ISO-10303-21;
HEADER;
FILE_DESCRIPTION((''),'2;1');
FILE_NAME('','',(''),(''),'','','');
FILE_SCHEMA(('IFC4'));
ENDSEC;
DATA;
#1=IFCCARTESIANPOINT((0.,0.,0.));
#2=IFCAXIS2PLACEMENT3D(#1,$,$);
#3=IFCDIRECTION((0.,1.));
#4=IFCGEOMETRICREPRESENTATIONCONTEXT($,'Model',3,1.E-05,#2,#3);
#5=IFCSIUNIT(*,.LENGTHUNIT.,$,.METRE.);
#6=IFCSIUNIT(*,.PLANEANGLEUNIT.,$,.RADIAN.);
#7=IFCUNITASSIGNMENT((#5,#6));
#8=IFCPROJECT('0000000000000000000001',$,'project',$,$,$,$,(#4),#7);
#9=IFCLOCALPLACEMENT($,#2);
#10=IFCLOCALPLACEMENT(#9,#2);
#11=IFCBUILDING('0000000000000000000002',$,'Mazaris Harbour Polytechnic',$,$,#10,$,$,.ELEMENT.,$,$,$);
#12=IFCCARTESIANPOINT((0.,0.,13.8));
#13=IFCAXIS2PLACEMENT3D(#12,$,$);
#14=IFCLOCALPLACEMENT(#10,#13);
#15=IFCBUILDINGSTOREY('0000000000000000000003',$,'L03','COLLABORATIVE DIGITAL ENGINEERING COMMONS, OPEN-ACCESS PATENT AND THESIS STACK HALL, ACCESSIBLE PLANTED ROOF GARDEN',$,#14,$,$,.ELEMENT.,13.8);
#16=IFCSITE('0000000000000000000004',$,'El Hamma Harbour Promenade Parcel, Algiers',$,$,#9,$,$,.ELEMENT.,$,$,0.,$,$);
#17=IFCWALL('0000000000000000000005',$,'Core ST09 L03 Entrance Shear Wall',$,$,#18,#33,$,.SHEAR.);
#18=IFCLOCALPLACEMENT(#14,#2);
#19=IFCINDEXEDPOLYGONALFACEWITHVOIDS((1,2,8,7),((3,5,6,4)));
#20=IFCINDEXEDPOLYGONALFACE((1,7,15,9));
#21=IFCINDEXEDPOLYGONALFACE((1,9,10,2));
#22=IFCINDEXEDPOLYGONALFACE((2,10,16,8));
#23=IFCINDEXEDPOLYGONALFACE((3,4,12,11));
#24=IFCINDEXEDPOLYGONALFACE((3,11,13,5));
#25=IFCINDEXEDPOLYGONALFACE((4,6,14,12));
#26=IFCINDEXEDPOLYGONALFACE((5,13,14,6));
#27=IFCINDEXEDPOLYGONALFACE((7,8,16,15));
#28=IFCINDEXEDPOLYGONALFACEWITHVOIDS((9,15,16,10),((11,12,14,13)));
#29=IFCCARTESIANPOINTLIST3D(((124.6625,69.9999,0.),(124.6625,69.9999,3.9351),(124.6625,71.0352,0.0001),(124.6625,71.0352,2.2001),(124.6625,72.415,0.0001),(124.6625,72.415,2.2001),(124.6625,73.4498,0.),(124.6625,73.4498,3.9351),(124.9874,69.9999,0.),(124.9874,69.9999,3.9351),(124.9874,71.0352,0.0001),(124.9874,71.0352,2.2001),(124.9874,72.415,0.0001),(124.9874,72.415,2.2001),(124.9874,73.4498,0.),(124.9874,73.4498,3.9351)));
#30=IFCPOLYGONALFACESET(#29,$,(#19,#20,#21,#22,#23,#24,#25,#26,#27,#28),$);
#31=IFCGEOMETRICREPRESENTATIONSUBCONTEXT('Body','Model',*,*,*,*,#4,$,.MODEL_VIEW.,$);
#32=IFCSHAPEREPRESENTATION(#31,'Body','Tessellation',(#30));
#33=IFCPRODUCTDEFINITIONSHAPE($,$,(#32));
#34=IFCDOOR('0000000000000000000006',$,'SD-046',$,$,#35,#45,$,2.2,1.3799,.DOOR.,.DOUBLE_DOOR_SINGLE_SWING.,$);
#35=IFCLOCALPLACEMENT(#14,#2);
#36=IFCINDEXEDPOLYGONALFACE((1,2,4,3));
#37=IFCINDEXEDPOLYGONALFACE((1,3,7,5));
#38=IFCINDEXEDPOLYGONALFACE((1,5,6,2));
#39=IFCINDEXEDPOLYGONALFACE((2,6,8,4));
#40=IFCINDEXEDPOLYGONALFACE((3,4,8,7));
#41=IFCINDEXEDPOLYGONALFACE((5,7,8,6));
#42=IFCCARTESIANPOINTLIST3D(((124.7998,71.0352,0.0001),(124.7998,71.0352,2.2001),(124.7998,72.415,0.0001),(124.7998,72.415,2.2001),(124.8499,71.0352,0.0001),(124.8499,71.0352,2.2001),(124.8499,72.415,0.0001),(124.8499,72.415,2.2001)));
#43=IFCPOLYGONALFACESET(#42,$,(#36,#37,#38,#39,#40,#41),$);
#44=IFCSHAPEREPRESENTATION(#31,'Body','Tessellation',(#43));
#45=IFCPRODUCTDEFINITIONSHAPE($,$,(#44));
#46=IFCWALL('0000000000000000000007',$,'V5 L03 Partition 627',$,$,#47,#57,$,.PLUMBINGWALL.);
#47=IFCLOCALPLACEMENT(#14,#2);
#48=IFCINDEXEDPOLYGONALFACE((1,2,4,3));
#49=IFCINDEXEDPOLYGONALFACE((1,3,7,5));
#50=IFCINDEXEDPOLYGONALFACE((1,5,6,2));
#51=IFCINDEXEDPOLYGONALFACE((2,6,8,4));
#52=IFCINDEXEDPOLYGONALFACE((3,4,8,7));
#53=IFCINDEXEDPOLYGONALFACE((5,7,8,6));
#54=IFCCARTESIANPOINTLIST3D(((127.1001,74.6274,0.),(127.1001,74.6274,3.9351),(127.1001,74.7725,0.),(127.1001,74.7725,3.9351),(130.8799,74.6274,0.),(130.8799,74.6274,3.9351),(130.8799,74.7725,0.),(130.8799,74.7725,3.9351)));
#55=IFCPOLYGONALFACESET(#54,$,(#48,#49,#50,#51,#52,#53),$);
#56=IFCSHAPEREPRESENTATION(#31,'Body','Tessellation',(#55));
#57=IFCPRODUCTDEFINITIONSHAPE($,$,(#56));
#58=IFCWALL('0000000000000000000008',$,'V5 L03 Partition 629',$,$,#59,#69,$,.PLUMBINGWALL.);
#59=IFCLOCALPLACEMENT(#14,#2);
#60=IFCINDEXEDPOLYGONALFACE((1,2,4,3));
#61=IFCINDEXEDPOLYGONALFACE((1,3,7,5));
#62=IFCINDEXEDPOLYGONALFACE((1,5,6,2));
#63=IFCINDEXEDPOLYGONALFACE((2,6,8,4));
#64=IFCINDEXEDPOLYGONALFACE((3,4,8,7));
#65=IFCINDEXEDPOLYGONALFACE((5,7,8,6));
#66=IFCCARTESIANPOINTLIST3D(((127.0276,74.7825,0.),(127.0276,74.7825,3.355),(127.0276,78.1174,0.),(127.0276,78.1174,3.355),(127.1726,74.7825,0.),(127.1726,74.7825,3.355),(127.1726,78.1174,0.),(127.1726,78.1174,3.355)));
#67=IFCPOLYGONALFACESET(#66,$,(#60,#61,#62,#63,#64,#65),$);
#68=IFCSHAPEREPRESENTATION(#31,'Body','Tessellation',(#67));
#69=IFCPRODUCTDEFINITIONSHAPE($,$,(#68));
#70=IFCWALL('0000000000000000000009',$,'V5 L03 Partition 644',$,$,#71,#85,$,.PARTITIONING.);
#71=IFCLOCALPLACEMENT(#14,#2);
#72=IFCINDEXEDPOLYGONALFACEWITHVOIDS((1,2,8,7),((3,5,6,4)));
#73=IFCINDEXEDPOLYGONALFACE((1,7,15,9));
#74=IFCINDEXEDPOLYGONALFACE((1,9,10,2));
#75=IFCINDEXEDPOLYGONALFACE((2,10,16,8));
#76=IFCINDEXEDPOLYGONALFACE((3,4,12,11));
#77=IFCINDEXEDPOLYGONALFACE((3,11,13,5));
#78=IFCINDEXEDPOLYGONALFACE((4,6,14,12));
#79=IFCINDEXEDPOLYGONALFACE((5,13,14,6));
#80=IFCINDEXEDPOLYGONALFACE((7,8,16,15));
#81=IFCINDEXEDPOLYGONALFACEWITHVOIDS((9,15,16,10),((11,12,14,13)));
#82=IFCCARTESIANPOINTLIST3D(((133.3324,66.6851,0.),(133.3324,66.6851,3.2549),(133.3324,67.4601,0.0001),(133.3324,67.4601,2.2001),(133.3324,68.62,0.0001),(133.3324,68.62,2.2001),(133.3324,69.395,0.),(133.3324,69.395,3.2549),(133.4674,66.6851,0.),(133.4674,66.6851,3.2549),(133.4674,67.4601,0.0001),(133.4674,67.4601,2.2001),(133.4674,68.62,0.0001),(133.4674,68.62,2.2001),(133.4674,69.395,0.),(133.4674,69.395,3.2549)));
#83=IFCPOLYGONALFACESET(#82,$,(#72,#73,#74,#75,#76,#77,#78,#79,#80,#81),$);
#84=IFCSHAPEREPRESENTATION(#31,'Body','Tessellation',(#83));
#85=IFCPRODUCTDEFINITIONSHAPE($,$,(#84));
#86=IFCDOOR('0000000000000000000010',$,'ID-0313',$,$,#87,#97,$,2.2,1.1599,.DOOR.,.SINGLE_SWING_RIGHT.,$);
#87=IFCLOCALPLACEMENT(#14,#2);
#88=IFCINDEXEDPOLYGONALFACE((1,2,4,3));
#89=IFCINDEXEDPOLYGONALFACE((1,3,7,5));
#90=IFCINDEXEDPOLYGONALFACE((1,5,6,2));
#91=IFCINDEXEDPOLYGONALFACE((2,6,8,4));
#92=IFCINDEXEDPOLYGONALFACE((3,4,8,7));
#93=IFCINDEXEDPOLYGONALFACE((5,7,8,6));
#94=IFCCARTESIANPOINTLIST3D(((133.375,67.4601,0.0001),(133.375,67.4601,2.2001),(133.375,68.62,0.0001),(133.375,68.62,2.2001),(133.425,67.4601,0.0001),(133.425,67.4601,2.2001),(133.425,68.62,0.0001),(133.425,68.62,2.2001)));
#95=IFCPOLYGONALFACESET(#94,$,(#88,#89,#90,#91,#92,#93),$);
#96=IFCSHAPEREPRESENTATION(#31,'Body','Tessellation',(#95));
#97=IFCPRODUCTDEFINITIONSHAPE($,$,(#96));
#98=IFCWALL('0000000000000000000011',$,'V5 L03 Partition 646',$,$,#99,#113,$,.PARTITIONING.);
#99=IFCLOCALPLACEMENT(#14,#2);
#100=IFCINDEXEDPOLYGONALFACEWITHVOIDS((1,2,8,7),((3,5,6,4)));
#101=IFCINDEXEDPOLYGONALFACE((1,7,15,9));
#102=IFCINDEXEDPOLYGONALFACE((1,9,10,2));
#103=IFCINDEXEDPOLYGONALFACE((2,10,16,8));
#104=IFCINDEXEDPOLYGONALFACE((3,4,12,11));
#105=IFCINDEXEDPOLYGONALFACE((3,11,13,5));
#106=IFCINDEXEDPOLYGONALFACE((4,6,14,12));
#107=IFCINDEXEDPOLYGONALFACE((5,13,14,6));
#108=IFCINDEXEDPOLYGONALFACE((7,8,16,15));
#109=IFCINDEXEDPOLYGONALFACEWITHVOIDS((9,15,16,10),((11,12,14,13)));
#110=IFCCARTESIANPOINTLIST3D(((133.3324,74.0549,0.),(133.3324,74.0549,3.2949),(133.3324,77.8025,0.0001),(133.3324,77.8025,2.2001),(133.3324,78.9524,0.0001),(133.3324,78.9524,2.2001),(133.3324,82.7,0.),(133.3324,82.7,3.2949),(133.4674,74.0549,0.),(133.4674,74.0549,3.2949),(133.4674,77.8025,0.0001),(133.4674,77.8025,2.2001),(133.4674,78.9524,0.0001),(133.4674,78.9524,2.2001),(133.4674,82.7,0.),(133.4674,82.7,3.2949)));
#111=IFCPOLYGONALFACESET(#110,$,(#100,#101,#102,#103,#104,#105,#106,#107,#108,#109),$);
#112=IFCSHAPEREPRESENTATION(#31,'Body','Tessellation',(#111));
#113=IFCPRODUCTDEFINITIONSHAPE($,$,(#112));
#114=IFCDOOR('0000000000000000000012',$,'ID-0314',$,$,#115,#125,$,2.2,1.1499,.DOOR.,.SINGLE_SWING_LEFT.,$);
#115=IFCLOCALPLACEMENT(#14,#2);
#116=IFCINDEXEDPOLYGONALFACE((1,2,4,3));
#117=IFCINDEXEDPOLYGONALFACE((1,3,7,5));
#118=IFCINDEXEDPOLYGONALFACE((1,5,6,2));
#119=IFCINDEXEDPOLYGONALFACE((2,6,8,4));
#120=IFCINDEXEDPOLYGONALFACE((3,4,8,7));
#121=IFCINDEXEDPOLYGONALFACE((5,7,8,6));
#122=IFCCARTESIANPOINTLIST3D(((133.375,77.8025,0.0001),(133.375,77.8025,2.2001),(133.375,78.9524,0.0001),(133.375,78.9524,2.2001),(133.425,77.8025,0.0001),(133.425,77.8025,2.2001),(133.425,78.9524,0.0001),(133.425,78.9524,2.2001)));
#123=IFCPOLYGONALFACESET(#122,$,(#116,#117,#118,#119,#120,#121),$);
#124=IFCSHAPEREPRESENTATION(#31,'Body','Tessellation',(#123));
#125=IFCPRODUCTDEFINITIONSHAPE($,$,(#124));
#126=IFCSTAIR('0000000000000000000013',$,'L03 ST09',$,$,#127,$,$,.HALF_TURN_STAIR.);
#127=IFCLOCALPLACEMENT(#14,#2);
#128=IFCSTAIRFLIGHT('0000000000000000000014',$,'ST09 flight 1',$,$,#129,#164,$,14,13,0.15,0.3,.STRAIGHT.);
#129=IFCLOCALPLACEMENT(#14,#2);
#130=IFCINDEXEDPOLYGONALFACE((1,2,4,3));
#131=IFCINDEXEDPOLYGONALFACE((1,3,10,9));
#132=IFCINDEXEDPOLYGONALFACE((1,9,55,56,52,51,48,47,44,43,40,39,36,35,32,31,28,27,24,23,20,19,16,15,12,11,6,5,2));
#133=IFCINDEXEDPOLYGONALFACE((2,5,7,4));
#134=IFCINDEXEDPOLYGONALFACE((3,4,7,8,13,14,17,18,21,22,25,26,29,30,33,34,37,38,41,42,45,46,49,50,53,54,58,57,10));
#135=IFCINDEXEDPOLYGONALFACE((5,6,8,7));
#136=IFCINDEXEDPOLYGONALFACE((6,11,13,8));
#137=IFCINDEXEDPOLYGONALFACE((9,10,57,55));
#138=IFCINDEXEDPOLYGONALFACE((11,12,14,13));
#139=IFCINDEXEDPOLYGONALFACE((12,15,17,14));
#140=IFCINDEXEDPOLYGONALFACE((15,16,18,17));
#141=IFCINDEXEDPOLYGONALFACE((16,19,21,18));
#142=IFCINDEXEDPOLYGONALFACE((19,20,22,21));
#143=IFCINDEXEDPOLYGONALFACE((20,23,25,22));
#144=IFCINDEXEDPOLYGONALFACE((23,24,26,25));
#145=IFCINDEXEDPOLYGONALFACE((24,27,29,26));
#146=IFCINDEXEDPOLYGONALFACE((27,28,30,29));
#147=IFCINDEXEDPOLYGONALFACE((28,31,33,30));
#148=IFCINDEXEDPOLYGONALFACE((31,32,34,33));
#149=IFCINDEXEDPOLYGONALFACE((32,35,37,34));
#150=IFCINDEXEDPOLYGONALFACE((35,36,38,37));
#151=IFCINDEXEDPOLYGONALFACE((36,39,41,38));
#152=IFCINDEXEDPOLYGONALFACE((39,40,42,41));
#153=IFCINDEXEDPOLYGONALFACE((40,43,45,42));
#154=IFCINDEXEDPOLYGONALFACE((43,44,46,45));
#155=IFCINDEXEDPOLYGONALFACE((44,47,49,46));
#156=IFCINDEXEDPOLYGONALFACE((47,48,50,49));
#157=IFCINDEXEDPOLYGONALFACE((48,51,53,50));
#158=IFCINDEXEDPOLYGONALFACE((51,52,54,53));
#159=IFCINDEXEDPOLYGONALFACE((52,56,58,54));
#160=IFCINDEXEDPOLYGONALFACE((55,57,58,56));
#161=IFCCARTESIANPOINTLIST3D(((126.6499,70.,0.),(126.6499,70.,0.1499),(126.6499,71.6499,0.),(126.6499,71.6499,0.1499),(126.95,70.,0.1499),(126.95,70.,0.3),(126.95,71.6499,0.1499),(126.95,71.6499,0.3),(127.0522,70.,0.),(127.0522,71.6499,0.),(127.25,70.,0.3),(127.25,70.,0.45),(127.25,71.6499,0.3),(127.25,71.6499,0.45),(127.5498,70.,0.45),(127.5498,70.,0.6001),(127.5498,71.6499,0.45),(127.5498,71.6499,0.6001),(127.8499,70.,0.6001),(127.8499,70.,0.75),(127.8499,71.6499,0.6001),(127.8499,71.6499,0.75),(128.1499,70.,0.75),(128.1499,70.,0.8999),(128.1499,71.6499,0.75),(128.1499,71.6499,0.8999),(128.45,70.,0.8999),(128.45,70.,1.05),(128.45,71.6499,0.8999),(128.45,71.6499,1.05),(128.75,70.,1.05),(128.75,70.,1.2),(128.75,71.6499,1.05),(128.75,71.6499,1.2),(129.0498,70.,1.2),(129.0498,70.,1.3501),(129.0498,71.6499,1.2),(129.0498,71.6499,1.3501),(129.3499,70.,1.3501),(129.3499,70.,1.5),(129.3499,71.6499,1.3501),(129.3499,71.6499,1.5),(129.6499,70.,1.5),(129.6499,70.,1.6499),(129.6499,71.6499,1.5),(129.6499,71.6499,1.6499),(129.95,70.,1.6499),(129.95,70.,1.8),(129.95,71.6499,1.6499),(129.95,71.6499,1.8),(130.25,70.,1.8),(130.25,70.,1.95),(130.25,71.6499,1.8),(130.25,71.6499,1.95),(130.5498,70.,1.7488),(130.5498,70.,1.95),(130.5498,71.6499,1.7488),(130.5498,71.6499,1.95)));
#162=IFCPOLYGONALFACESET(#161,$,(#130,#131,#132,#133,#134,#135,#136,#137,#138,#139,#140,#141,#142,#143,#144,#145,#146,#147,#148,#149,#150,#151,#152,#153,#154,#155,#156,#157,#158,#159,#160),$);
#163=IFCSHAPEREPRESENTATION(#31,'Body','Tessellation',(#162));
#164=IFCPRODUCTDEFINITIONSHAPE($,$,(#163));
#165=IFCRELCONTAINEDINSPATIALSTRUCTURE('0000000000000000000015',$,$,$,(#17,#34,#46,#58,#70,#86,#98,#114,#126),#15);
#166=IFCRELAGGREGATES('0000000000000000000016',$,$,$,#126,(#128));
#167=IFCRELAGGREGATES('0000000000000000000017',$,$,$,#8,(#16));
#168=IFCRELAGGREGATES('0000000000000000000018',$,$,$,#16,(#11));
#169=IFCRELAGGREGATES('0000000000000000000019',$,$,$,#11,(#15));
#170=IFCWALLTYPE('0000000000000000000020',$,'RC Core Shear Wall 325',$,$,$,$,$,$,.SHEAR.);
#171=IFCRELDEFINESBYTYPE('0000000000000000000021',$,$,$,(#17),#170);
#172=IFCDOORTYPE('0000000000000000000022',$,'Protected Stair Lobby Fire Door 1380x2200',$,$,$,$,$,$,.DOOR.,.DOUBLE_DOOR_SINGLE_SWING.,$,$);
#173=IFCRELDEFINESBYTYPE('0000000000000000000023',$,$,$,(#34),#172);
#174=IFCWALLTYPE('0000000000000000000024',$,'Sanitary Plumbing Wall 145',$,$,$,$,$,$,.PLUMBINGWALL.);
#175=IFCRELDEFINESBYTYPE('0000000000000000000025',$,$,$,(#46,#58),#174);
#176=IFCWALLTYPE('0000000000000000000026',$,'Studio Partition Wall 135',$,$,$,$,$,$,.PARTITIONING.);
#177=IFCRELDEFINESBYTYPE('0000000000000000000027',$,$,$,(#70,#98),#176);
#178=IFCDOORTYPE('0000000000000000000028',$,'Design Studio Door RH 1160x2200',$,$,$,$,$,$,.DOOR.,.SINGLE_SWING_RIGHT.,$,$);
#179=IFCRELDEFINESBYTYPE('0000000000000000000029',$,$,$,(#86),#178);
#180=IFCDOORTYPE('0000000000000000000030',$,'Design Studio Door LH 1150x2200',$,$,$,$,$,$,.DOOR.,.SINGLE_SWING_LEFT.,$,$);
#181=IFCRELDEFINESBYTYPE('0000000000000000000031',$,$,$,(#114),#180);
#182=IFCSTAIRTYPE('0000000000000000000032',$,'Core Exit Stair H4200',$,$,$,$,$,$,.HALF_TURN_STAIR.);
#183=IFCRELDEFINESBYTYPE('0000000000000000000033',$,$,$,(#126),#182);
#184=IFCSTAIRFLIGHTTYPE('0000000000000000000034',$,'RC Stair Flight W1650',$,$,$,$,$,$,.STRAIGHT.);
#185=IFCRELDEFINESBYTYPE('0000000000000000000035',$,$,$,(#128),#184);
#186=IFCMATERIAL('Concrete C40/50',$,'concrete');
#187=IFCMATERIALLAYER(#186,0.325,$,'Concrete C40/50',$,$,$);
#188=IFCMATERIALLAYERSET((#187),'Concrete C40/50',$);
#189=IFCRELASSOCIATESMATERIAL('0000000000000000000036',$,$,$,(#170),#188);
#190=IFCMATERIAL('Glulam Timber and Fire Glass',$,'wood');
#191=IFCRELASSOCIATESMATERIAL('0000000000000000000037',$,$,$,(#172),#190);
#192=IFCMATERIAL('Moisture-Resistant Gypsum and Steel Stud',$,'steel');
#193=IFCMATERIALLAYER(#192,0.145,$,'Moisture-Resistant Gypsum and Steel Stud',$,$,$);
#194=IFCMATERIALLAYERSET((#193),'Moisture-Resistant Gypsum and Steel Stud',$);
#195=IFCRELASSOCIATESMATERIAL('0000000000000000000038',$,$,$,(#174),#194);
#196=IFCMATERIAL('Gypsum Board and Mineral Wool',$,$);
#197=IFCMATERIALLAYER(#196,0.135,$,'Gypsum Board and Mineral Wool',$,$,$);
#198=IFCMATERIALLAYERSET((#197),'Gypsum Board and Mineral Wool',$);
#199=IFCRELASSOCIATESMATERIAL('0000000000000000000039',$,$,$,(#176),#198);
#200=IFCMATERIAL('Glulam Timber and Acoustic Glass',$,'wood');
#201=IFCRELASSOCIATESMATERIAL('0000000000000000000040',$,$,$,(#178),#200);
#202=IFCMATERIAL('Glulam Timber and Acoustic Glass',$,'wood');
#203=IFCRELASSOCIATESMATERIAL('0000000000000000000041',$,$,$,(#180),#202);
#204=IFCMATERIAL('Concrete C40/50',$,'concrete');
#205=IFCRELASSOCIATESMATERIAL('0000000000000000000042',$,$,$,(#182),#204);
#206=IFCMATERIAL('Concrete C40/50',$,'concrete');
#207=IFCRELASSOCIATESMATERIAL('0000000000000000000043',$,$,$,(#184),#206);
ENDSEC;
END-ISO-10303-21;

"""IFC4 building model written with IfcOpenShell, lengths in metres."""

from ifc_helpers import new_model, si_unit, direction, frame, frame_2d, origin, place, context, subcontext, project, spatial, polyline, rectangle, outline, extrude, material, layer, layer_set, type_object, element, fill, aggregate, save


model = new_model("IFC4")

# Units and contexts
model_context = context("Model", 3, precision=1e-05, world=origin(), true_north=direction((0.0, 1.0)))
body_context = subcontext(model_context, "Body", "Model", "MODEL_VIEW")
ifc_project = project(units=[si_unit("LENGTHUNIT", "METRE"), si_unit("PLANEANGLEUNIT", "RADIAN")], contexts=[model_context])

# Site, building, storey
site_placement = place(None, origin())
site = spatial("IfcSite", under=ifc_project, at=site_placement, Name="El Hamma Harbour Promenade Parcel, Algiers", CompositionType="ELEMENT", RefElevation=0.0)
building_placement = place(site_placement, origin())
building = spatial("IfcBuilding", under=site, at=building_placement, Name="Mazaris Harbour Polytechnic", CompositionType="ELEMENT")
storey_placement = place(building_placement, frame((0.0, 0.0, 13.8)))
storey = spatial("IfcBuildingStorey", under=building, at=storey_placement, Name="L03", Description="COLLABORATIVE DIGITAL ENGINEERING COMMONS, OPEN-ACCESS PATENT AND THESIS STACK HALL, ACCESSIBLE PLANTED ROOF GARDEN", CompositionType="ELEMENT", Elevation=13.8)

# Wall, opening, door
ifc_material_1 = material(Name="Concrete C40/50", Category="concrete")
ifc_layer_1 = layer(ifc_material_1, 0.325, Name="Concrete C40/50")
ifc_layer_set_1 = layer_set([ifc_layer_1], Name="Concrete C40/50")
wall_type_1 = type_object("IfcWallType", Name="RC Core Shear Wall 325", PredefinedType="SHEAR", material=ifc_layer_set_1)
wall_1_placement = place(storey_placement, frame((124.825, 73.45, 0.0), z_axis=(0.0, 0.0, 1.0), x_axis=(0.0, -1.0, 0.0)))
wall_1 = element("IfcWall", 1, at=wall_1_placement, inside=storey, type_object=wall_type_1, Name="Core ST09 L03 Entrance Shear Wall", PredefinedType="SHEAR", context=body_context, shape_type="SweptSolid", body=[
    extrude(rectangle(XDim=3.45, YDim=0.325, at=frame_2d((1.7251, 0.0))), origin(), (0.0, 0.0, 1.0), 3.9351),
])
opening_1_placement = place(wall_1_placement, frame((1.0349, 0.0, 0.0)))
opening_1 = element("IfcOpeningElement", 2, at=opening_1_placement, cuts=wall_1, PredefinedType="OPENING", context=body_context, shape_type="SweptSolid", body=[
    extrude(rectangle(XDim=1.3799, YDim=2.2, at=frame_2d((0.6899, 1.1001))), frame((0.0, 0.1724, 0.0), z_axis=(0.0, -1.0, 0.0), x_axis=(1.0, 0.0, 0.0)), (0.0, 0.0, 1.0), 0.345),
])
ifc_material_2 = material(Name="Glulam Timber and Fire Glass", Category="wood")
door_type_1 = type_object("IfcDoorType", Name="Protected Stair Lobby Fire Door 1380x2200", OperationType="DOUBLE_DOOR_SINGLE_SWING", PredefinedType="DOOR", material=ifc_material_2)
door_1_placement = place(opening_1_placement, origin())
door_1 = element("IfcDoor", 3, at=door_1_placement, inside=storey, type_object=door_type_1, Name="SD-046", OperationType="DOUBLE_DOOR_SINGLE_SWING", OverallHeight=2.2, OverallWidth=1.3799, PredefinedType="DOOR", context=body_context, shape_type="SweptSolid", body=[
    extrude(rectangle(XDim=1.3799, YDim=2.2, at=frame_2d((0.6899, 1.1001))), frame((0.0, 0.0249, 0.0), z_axis=(0.0, -1.0, 0.0), x_axis=(1.0, 0.0, 0.0)), (0.0, 0.0, 1.0), 0.05),
])
fill(opening_1, door_1)

# Walls
ifc_material_3 = material(Name="Moisture-Resistant Gypsum and Steel Stud", Category="steel")
ifc_layer_2 = layer(ifc_material_3, 0.145, Name="Moisture-Resistant Gypsum and Steel Stud")
ifc_layer_set_2 = layer_set([ifc_layer_2], Name="Moisture-Resistant Gypsum and Steel Stud")
wall_type_2 = type_object("IfcWallType", Name="Sanitary Plumbing Wall 145", PredefinedType="PLUMBINGWALL", material=ifc_layer_set_2)
wall_2_placement = place(storey_placement, frame((127.1001, 74.7, 0.0), z_axis=(0.0, 0.0, 1.0), x_axis=(1.0, 0.0, 0.0)))
element("IfcWall", 4, at=wall_2_placement, inside=storey, type_object=wall_type_2, Name="V5 L03 Partition 627", PredefinedType="PLUMBINGWALL", context=body_context, shape_type="SweptSolid", body=[
    extrude(rectangle(XDim=3.7798, YDim=0.145, at=frame_2d((1.8899, 0.0))), origin(), (0.0, 0.0, 1.0), 3.9351),
])
wall_3_placement = place(storey_placement, frame((127.1001, 74.7825, 0.0), z_axis=(0.0, 0.0, 1.0), x_axis=(0.0, 1.0, 0.0)))
element("IfcWall", 5, at=wall_3_placement, inside=storey, type_object=wall_type_2, Name="V5 L03 Partition 629", PredefinedType="PLUMBINGWALL", context=body_context, shape_type="SweptSolid", body=[
    extrude(rectangle(XDim=3.335, YDim=0.145, at=frame_2d((1.6675, 0.0))), origin(), (0.0, 0.0, 1.0), 3.355),
])

# Walls, openings, doors
ifc_material_4 = material(Name="Gypsum Board and Mineral Wool")
ifc_layer_3 = layer(ifc_material_4, 0.135, Name="Gypsum Board and Mineral Wool")
ifc_layer_set_3 = layer_set([ifc_layer_3], Name="Gypsum Board and Mineral Wool")
wall_type_3 = type_object("IfcWallType", Name="Studio Partition Wall 135", PredefinedType="PARTITIONING", material=ifc_layer_set_3)
wall_4_placement = place(storey_placement, frame((133.3999, 66.6851, 0.0), z_axis=(0.0, 0.0, 1.0), x_axis=(0.0, 1.0, 0.0)))
wall_4 = element("IfcWall", 6, at=wall_4_placement, inside=storey, type_object=wall_type_3, Name="V5 L03 Partition 644", PredefinedType="PARTITIONING", context=body_context, shape_type="SweptSolid", body=[
    extrude(rectangle(XDim=2.71, YDim=0.135, at=frame_2d((1.355, 0.0))), origin(), (0.0, 0.0, 1.0), 3.2549),
])
opening_2_placement = place(wall_4_placement, frame((0.7749, 0.0, 0.0)))
opening_2 = element("IfcOpeningElement", 7, at=opening_2_placement, cuts=wall_4, PredefinedType="OPENING", context=body_context, shape_type="SweptSolid", body=[
    extrude(rectangle(XDim=1.1599, YDim=2.2, at=frame_2d((0.5801, 1.1001))), frame((0.0, 0.0774, 0.0), z_axis=(0.0, -1.0, 0.0), x_axis=(1.0, 0.0, 0.0)), (0.0, 0.0, 1.0), 0.155),
])
ifc_material_5 = material(Name="Glulam Timber and Acoustic Glass", Category="wood")
door_type_2 = type_object("IfcDoorType", Name="Design Studio Door RH 1160x2200", OperationType="SINGLE_SWING_RIGHT", PredefinedType="DOOR", material=ifc_material_5)
door_2_placement = place(opening_2_placement, origin())
door_2 = element("IfcDoor", 8, at=door_2_placement, inside=storey, type_object=door_type_2, Name="ID-0313", OperationType="SINGLE_SWING_RIGHT", OverallHeight=2.2, OverallWidth=1.1599, PredefinedType="DOOR", context=body_context, shape_type="SweptSolid", body=[
    extrude(rectangle(XDim=1.1599, YDim=2.2, at=frame_2d((0.5801, 1.1001))), frame((0.0, 0.0249, 0.0), z_axis=(0.0, -1.0, 0.0), x_axis=(1.0, 0.0, 0.0)), (0.0, 0.0, 1.0), 0.05),
])
fill(opening_2, door_2)
wall_5_placement = place(storey_placement, frame((133.3999, 74.0549, 0.0), z_axis=(0.0, 0.0, 1.0), x_axis=(0.0, 1.0, 0.0)))
wall_5 = element("IfcWall", 9, at=wall_5_placement, inside=storey, type_object=wall_type_3, Name="V5 L03 Partition 646", PredefinedType="PARTITIONING", context=body_context, shape_type="SweptSolid", body=[
    extrude(rectangle(XDim=8.645, YDim=0.135, at=frame_2d((4.3225, 0.0))), origin(), (0.0, 0.0, 1.0), 3.2949),
])
opening_3_placement = place(wall_5_placement, frame((3.7476, 0.0, 0.0)))
opening_3 = element("IfcOpeningElement", 10, at=opening_3_placement, cuts=wall_5, PredefinedType="OPENING", context=body_context, shape_type="SweptSolid", body=[
    extrude(rectangle(XDim=1.1499, YDim=2.2, at=frame_2d((0.575, 1.1001))), frame((0.0, 0.0774, 0.0), z_axis=(0.0, -1.0, 0.0), x_axis=(1.0, 0.0, 0.0)), (0.0, 0.0, 1.0), 0.155),
])
ifc_material_6 = material(Name="Glulam Timber and Acoustic Glass", Category="wood")
door_type_3 = type_object("IfcDoorType", Name="Design Studio Door LH 1150x2200", OperationType="SINGLE_SWING_LEFT", PredefinedType="DOOR", material=ifc_material_6)
door_3_placement = place(opening_3_placement, origin())
door_3 = element("IfcDoor", 11, at=door_3_placement, inside=storey, type_object=door_type_3, Name="ID-0314", OperationType="SINGLE_SWING_LEFT", OverallHeight=2.2, OverallWidth=1.1499, PredefinedType="DOOR", context=body_context, shape_type="SweptSolid", body=[
    extrude(rectangle(XDim=1.1499, YDim=2.2, at=frame_2d((0.575, 1.1001))), frame((0.0, 0.0249, 0.0), z_axis=(0.0, -1.0, 0.0), x_axis=(1.0, 0.0, 0.0)), (0.0, 0.0, 1.0), 0.05),
])
fill(opening_3, door_3)

# Stair, stair flight
ifc_material_7 = material(Name="Concrete C40/50", Category="concrete")
stair_type = type_object("IfcStairType", Name="Core Exit Stair H4200", PredefinedType="HALF_TURN_STAIR", material=ifc_material_7)
stair_placement = place(storey_placement, origin())
stair = element("IfcStair", 12, at=stair_placement, inside=storey, type_object=stair_type, Name="L03 ST09", PredefinedType="HALF_TURN_STAIR")
ifc_material_8 = material(Name="Concrete C40/50", Category="concrete")
stair_flight_type = type_object("IfcStairFlightType", Name="RC Stair Flight W1650", PredefinedType="STRAIGHT", material=ifc_material_8)
stair_flight_1_placement = place(storey_placement, frame((126.6499, 70.825, 0.0), z_axis=(0.0, 0.0, 1.0), x_axis=(1.0, 0.0, 0.0)))
stair_flight_1 = element("IfcStairFlight", 13, at=stair_flight_1_placement, type_object=stair_flight_type, Name="ST09 flight 1", NumberOfRisers=14, NumberOfTreads=13, PredefinedType="STRAIGHT", RiserHeight=0.15, TreadLength=0.3, context=body_context, shape_type="SweptSolid", body=[
    extrude(outline(polyline([(0.0, 0.0), (0.0, 0.1499), (0.3, 0.1499), (0.3, 0.3), (0.6001, 0.3), (0.6001, 0.45), (0.8999, 0.45), (0.8999, 0.6001), (1.2, 0.6001), (1.2, 0.75), (1.5, 0.75), (1.5, 0.8999), (1.8, 0.8999), (1.8, 1.05), (2.1001, 1.05), (2.1001, 1.2), (2.3999, 1.2), (2.3999, 1.3501), (2.7, 1.3501), (2.7, 1.5), (3.0, 1.5), (3.0, 1.6499), (3.3, 1.6499), (3.3, 1.8), (3.6001, 1.8), (3.6001, 1.95), (3.8999, 1.95), (3.8999, 2.1001), (3.8999, 1.7488), (0.4023, 0.0), (0.0, 0.0)])), frame((0.0, 0.825, 0.0), z_axis=(0.0, -1.0, 0.0), x_axis=(1.0, 0.0, 0.0)), (0.0, 0.0, 1.0), 1.6499),
])
aggregate(stair, [stair_flight_1])

save(model, "model.ifc")
